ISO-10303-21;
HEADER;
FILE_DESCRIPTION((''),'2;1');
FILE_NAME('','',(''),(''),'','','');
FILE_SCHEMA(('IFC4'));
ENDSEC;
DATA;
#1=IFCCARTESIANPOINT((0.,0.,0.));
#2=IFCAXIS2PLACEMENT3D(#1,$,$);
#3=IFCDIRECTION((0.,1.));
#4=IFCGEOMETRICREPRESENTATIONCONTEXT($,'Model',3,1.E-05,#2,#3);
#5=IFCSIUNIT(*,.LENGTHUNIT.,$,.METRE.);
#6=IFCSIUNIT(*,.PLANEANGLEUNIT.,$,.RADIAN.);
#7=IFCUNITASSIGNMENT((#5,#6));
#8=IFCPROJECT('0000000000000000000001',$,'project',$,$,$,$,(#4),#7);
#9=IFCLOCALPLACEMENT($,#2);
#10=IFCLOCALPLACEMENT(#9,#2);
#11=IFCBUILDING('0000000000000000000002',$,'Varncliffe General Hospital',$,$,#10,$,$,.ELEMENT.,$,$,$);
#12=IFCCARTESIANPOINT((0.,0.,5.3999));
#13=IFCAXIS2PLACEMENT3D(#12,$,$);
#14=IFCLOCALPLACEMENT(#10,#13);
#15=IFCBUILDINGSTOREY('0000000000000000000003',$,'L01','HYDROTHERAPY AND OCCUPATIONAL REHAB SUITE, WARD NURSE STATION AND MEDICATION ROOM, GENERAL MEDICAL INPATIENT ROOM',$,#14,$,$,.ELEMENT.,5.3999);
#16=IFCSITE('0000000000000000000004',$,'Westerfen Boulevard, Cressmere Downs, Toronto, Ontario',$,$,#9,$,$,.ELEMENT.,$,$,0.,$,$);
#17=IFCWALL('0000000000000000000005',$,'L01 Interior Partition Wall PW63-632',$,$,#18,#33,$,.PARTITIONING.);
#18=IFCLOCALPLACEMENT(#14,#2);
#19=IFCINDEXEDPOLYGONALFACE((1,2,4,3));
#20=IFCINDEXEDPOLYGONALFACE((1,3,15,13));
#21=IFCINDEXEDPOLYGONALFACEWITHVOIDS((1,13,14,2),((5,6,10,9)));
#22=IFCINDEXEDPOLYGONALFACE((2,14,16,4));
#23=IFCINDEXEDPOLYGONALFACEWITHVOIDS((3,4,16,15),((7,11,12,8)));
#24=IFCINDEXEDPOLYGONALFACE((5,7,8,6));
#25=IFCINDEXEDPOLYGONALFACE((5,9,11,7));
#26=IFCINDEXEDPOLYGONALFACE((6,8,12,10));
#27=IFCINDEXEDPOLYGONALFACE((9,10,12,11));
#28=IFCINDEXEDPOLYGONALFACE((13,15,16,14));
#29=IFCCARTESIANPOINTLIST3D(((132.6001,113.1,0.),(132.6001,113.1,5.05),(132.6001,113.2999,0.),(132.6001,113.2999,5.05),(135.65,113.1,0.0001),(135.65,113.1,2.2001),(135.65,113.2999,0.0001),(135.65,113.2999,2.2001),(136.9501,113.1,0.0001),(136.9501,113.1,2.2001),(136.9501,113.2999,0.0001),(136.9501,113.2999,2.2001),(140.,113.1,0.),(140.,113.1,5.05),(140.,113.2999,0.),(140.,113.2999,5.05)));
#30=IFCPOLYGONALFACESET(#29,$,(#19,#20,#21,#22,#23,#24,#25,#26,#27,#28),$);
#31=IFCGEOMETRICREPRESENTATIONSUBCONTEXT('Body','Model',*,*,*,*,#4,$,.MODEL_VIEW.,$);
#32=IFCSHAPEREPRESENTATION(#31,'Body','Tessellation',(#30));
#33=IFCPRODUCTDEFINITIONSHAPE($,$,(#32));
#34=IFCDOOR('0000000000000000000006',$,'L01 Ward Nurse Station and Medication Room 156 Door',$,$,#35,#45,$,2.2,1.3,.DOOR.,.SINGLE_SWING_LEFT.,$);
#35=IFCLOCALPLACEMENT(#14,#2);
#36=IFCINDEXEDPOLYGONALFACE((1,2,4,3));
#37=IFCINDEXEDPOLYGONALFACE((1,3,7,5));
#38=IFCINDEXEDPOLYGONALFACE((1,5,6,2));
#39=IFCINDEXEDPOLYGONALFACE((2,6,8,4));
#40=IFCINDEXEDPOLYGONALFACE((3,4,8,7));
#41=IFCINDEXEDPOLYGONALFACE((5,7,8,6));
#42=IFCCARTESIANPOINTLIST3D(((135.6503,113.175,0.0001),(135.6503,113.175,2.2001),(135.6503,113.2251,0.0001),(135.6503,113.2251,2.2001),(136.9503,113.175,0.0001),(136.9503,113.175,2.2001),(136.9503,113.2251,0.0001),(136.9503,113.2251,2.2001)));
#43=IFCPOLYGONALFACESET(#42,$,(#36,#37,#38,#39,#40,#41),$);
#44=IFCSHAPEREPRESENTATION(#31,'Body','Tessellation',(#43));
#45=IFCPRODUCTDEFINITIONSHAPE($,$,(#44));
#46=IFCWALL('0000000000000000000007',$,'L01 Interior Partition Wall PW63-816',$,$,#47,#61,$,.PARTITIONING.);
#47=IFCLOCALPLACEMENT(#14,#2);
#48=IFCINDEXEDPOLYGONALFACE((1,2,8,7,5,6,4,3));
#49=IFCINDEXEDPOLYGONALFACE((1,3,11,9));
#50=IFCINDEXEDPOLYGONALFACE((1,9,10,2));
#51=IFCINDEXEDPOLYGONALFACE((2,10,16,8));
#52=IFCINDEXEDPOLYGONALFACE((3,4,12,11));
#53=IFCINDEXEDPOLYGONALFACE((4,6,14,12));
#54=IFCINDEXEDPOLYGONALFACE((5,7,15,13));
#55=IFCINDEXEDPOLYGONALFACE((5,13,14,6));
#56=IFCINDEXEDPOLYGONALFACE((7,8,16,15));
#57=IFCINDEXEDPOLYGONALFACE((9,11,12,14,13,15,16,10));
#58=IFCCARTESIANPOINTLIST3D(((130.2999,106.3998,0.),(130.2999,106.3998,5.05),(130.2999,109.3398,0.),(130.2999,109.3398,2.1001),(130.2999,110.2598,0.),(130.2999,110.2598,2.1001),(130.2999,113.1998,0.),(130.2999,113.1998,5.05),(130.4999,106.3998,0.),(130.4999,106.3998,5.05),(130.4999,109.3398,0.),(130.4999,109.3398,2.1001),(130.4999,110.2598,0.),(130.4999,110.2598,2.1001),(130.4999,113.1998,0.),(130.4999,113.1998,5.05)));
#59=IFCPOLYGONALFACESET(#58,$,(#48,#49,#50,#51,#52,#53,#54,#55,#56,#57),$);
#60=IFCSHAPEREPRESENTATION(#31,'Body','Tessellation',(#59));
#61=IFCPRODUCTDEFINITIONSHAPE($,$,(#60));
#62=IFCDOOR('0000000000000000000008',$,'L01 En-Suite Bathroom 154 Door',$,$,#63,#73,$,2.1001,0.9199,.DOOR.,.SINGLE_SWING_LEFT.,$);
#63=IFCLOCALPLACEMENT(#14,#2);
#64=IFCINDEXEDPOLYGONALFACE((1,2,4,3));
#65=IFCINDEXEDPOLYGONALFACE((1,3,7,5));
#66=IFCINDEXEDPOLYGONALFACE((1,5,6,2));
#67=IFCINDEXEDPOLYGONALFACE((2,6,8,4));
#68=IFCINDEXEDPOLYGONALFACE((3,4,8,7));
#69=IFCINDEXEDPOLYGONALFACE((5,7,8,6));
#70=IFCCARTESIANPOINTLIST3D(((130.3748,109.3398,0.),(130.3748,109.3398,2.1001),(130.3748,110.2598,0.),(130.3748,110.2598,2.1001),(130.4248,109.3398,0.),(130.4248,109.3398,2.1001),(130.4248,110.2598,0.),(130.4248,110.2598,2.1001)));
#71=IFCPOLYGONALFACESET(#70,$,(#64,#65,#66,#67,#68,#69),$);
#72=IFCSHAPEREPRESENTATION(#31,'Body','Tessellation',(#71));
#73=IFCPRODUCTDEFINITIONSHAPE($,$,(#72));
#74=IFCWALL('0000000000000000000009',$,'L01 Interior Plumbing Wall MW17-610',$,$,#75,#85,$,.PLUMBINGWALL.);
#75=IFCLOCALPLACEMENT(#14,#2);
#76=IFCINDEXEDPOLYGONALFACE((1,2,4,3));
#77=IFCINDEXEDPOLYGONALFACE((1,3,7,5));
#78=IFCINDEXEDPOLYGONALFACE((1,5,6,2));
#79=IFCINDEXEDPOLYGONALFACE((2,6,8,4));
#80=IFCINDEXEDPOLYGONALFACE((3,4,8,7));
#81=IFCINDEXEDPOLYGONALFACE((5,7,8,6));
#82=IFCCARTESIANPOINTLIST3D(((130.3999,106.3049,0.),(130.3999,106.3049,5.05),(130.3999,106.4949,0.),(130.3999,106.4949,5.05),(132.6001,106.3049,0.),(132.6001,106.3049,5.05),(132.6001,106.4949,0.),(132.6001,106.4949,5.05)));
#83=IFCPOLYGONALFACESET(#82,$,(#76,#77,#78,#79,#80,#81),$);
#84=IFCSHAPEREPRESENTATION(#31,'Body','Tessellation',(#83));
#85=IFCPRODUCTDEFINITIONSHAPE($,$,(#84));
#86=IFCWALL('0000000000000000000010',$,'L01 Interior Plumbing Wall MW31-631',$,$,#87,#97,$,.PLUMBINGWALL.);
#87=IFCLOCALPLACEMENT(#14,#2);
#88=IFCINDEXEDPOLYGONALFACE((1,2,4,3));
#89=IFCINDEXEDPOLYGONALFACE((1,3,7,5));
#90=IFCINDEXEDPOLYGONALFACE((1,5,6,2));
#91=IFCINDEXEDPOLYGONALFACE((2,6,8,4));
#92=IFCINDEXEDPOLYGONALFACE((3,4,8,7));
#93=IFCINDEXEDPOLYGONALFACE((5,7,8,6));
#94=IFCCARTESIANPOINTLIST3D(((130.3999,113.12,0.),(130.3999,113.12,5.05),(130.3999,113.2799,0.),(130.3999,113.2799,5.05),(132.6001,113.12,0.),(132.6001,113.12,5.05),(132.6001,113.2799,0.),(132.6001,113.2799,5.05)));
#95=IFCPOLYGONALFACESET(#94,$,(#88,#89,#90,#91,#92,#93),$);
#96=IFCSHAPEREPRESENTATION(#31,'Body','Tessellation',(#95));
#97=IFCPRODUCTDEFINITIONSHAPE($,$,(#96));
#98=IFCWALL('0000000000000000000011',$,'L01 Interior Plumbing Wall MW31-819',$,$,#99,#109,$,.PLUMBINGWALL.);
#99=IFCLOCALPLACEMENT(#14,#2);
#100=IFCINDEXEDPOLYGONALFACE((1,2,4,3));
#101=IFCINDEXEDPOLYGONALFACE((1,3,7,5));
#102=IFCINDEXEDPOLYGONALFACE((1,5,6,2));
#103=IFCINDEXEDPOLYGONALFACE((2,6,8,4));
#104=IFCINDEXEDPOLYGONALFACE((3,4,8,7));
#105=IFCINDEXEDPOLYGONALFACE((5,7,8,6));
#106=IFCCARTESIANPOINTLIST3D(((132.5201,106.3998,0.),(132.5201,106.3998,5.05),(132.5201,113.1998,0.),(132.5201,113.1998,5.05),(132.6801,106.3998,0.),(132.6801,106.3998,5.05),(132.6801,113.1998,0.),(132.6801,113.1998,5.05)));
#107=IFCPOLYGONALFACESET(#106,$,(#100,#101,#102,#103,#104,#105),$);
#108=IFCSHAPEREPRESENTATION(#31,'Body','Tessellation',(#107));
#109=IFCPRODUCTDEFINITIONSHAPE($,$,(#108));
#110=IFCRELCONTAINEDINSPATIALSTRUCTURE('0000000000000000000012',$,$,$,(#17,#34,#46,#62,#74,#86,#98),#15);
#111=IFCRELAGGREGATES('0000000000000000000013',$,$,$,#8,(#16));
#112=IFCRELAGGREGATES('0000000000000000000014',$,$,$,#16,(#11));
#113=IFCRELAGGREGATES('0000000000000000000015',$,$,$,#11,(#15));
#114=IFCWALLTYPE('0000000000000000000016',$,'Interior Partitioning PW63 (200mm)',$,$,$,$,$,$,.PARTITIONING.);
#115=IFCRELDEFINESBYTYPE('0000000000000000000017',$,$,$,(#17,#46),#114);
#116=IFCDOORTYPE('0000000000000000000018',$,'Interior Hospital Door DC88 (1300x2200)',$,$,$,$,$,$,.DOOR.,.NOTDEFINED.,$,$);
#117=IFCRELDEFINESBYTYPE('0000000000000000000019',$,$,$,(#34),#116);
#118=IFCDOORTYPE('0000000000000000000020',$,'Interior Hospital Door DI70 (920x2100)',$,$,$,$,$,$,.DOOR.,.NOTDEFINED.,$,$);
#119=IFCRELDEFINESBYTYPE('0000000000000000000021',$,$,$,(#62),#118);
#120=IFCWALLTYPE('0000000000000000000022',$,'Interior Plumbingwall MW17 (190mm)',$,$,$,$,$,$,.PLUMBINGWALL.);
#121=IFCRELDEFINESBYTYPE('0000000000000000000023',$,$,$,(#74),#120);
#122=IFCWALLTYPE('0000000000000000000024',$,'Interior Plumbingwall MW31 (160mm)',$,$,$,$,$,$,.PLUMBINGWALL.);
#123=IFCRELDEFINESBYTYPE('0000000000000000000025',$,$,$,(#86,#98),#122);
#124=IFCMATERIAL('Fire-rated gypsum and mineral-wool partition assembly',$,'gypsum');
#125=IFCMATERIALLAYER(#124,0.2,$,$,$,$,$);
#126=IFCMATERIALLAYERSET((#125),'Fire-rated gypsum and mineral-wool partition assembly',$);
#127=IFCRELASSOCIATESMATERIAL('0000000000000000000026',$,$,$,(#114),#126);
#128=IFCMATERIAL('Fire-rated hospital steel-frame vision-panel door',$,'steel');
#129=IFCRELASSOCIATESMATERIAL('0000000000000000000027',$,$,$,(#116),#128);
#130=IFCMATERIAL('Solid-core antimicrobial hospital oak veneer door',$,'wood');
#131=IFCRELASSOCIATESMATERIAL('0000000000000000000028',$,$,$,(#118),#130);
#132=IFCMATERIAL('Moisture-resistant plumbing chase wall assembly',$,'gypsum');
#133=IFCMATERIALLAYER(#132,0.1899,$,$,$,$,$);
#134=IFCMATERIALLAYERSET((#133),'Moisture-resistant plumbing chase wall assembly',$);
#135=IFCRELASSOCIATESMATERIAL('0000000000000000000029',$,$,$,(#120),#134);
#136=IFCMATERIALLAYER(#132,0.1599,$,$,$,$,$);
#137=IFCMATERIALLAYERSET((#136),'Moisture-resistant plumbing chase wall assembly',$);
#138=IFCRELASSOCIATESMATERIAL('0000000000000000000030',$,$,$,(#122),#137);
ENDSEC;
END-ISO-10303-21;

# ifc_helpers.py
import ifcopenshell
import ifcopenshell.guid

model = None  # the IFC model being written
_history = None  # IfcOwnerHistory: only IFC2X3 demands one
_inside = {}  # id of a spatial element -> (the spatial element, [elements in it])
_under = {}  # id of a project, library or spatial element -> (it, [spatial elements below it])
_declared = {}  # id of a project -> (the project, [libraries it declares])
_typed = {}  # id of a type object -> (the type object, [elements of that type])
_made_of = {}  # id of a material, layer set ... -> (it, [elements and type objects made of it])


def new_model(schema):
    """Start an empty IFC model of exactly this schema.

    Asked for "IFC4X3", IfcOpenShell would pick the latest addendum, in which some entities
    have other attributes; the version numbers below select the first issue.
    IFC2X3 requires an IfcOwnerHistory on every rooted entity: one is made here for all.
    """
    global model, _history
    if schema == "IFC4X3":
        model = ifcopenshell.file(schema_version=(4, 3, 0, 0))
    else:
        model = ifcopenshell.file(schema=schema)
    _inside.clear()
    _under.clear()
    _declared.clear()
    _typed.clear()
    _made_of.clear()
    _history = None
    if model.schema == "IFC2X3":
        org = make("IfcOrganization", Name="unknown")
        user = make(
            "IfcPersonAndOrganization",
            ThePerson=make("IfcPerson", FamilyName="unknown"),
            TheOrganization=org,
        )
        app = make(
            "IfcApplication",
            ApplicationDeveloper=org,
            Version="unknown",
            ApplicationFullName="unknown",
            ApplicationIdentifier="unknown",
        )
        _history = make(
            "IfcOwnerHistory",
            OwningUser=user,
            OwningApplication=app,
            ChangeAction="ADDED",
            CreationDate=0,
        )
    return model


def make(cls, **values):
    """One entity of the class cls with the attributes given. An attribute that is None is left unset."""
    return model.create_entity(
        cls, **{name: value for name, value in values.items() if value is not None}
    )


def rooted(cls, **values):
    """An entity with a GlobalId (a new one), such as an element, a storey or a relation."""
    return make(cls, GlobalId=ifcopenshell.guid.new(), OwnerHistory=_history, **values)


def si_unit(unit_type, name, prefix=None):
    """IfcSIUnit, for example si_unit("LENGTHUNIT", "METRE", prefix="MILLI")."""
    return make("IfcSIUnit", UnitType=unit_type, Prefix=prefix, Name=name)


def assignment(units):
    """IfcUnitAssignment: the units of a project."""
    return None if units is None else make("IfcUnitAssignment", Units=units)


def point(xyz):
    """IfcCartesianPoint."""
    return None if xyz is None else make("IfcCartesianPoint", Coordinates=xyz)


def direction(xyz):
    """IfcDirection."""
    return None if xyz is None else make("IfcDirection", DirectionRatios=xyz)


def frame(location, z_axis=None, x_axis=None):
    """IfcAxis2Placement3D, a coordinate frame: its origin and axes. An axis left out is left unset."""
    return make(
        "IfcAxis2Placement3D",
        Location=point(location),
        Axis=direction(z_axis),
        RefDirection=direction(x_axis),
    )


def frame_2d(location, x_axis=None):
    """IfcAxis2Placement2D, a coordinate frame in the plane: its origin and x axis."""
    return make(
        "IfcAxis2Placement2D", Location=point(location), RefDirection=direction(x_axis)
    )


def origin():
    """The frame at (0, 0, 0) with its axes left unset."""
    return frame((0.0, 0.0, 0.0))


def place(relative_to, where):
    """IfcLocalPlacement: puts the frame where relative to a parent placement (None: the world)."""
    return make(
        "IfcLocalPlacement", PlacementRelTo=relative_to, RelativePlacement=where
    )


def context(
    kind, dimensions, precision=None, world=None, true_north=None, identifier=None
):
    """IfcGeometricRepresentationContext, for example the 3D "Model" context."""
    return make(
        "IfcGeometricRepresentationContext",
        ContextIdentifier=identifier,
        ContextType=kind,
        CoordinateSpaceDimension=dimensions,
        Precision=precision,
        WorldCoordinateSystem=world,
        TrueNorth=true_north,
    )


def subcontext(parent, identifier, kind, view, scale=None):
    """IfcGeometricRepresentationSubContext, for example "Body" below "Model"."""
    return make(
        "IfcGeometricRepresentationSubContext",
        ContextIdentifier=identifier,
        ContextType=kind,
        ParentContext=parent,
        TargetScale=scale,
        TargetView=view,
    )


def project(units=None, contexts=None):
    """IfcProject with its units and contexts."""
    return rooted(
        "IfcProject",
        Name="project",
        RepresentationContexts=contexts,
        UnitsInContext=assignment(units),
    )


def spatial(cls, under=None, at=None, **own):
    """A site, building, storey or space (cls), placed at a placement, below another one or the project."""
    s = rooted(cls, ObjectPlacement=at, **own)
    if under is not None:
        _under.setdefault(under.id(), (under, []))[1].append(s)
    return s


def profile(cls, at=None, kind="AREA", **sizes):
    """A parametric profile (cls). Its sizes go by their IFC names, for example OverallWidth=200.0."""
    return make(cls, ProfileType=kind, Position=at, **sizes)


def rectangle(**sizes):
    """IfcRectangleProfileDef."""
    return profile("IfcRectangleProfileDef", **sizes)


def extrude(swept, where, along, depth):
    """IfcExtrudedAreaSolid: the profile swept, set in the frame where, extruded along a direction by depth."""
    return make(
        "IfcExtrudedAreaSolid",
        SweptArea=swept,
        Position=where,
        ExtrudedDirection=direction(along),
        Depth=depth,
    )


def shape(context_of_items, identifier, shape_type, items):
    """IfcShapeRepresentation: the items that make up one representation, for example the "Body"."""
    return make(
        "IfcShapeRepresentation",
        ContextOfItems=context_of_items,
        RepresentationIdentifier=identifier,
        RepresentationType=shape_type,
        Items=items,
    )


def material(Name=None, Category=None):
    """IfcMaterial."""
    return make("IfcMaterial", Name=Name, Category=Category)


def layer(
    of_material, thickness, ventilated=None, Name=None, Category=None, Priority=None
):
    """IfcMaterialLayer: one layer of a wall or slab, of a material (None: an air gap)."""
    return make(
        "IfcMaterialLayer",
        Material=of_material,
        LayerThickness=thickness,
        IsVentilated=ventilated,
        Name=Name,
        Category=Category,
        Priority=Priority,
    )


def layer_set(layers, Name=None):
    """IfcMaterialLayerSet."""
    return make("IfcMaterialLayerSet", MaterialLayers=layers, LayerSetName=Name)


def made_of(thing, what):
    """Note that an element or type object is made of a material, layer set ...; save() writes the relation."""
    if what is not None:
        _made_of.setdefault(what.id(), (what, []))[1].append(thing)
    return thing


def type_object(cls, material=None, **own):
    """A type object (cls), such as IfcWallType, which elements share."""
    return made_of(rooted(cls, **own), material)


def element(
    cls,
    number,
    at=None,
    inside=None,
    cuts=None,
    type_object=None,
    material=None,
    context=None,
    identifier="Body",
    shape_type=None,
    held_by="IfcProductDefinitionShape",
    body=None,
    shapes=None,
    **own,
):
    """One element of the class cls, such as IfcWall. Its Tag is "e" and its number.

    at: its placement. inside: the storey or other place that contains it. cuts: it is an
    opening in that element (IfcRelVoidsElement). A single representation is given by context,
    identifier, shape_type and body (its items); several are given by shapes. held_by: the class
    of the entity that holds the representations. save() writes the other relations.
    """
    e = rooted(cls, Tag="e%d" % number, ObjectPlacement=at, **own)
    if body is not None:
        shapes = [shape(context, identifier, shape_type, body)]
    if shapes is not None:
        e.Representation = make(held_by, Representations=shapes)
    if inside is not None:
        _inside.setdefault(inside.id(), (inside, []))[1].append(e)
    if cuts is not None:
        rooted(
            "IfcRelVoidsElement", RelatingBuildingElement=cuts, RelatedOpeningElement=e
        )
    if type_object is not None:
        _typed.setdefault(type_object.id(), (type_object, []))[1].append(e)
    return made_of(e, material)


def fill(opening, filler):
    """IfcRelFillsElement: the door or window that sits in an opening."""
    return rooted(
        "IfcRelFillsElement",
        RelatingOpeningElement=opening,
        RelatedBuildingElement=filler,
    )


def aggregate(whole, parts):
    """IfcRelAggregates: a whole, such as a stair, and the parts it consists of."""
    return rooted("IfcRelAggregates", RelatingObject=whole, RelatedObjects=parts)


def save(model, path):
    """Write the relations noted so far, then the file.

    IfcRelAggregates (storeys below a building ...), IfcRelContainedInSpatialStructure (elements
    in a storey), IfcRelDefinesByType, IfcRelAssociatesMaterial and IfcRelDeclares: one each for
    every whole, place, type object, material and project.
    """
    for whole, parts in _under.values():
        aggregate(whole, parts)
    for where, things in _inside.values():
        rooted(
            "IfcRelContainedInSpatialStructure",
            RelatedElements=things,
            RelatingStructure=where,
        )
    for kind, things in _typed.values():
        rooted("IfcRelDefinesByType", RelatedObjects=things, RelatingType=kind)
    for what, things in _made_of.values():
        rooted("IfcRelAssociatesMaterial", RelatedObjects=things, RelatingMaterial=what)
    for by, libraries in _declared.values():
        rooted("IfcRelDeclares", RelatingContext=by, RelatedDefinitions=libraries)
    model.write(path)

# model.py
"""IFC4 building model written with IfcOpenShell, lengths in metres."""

from ifc_helpers import new_model, si_unit, direction, frame, frame_2d, origin, place, context, subcontext, project, spatial, rectangle, extrude, material, layer, layer_set, type_object, element, fill, save


model = new_model("IFC4")

# Units and contexts
model_context = context("Model", 3, precision=1e-05, world=origin(), true_north=direction((0.0, 1.0)))
body_context = subcontext(model_context, "Body", "Model", "MODEL_VIEW")
ifc_project = project(units=[si_unit("LENGTHUNIT", "METRE"), si_unit("PLANEANGLEUNIT", "RADIAN")], contexts=[model_context])

# Site, building, storey
site_placement = place(None, origin())
site = spatial("IfcSite", under=ifc_project, at=site_placement, Name="Westerfen Boulevard, Cressmere Downs, Toronto, Ontario", CompositionType="ELEMENT", RefElevation=0.0)
building_placement = place(site_placement, origin())
building = spatial("IfcBuilding", under=site, at=building_placement, Name="Varncliffe General Hospital", CompositionType="ELEMENT")
storey_placement = place(building_placement, frame((0.0, 0.0, 5.3999)))
storey = spatial("IfcBuildingStorey", under=building, at=storey_placement, Name="L01", Description="HYDROTHERAPY AND OCCUPATIONAL REHAB SUITE, WARD NURSE STATION AND MEDICATION ROOM, GENERAL MEDICAL INPATIENT ROOM", CompositionType="ELEMENT", Elevation=5.3999)

# Walls, openings, doors
ifc_material_1 = material(Name="Fire-rated gypsum and mineral-wool partition assembly", Category="gypsum")
ifc_material_2 = material(Name="Fire-rated hospital steel-frame vision-panel door", Category="steel")
ifc_layer_1 = layer(ifc_material_1, 0.2)
ifc_layer_set_1 = layer_set([ifc_layer_1], Name="Fire-rated gypsum and mineral-wool partition assembly")
wall_type_1 = type_object("IfcWallType", Name="Interior Partitioning PW63 (200mm)", PredefinedType="PARTITIONING", material=ifc_layer_set_1)
wall_1_placement = place(storey_placement, frame((132.6001, 113.2, 0.0), z_axis=(0.0, 0.0, 1.0), x_axis=(1.0, 0.0, 0.0)))
wall_1 = element("IfcWall", 1, at=wall_1_placement, inside=storey, type_object=wall_type_1, Name="L01 Interior Partition Wall PW63-632", PredefinedType="PARTITIONING", context=body_context, shape_type="SweptSolid", body=[
    extrude(rectangle(XDim=7.3999, YDim=0.2, at=frame_2d((3.7, 0.0))), origin(), (0.0, 0.0, 1.0), 5.05),
])
opening_1_placement = place(wall_1_placement, frame((3.05, 0.0, 0.0)))
opening_1 = element("IfcOpeningElement", 2, at=opening_1_placement, cuts=wall_1, PredefinedType="OPENING", context=body_context, shape_type="SweptSolid", body=[
    extrude(rectangle(XDim=1.3, YDim=2.2, at=frame_2d((0.6499, 1.1001))), frame((0.0, 0.1099, 0.0), z_axis=(0.0, -1.0, 0.0), x_axis=(1.0, 0.0, 0.0)), (0.0, 0.0, 1.0), 0.22),
])
door_type_1 = type_object("IfcDoorType", Name="Interior Hospital Door DC88 (1300x2200)", OperationType="NOTDEFINED", PredefinedType="DOOR", material=ifc_material_2)
door_1_placement = place(opening_1_placement, frame((1.3, 0.0, 0.0), z_axis=(0.0, 0.0, 1.0), x_axis=(-1.0, 0.0, 0.0)))
door_1 = element("IfcDoor", 3, at=door_1_placement, inside=storey, type_object=door_type_1, Name="L01 Ward Nurse Station and Medication Room 156 Door", OperationType="SINGLE_SWING_LEFT", OverallHeight=2.2, OverallWidth=1.3, PredefinedType="DOOR", context=body_context, shape_type="SweptSolid", body=[
    extrude(rectangle(XDim=1.3, YDim=2.2, at=frame_2d((0.6499, 1.1001))), frame((0.0, 0.0249, 0.0), z_axis=(0.0, -1.0, 0.0), x_axis=(1.0, 0.0, 0.0)), (0.0, 0.0, 1.0), 0.05),
])
fill(opening_1, door_1)
wall_2_placement = place(storey_placement, frame((130.3999, 106.3999, 0.0), z_axis=(0.0, 0.0, 1.0), x_axis=(0.0, 1.0, 0.0)))
wall_2 = element("IfcWall", 4, at=wall_2_placement, inside=storey, type_object=wall_type_1, Name="L01 Interior Partition Wall PW63-816", PredefinedType="PARTITIONING", context=body_context, shape_type="SweptSolid", body=[
    extrude(rectangle(XDim=6.8, YDim=0.2, at=frame_2d((3.3999, 0.0))), origin(), (0.0, 0.0, 1.0), 5.05),
])
opening_2_placement = place(wall_2_placement, frame((2.9399, 0.0, 0.0)))
opening_2 = element("IfcOpeningElement", 5, at=opening_2_placement, cuts=wall_2, PredefinedType="OPENING", context=body_context, shape_type="SweptSolid", body=[
    extrude(rectangle(XDim=0.9199, YDim=2.1001, at=frame_2d((0.46, 1.05))), frame((0.0, 0.1099, 0.0), z_axis=(0.0, -1.0, 0.0), x_axis=(1.0, 0.0, 0.0)), (0.0, 0.0, 1.0), 0.22),
])
ifc_material_3 = material(Name="Solid-core antimicrobial hospital oak veneer door", Category="wood")
door_type_2 = type_object("IfcDoorType", Name="Interior Hospital Door DI70 (920x2100)", OperationType="NOTDEFINED", PredefinedType="DOOR", material=ifc_material_3)
door_2_placement = place(opening_2_placement, frame((0.9199, 0.0, 0.0), z_axis=(0.0, 0.0, 1.0), x_axis=(-1.0, 0.0, 0.0)))
door_2 = element("IfcDoor", 6, at=door_2_placement, inside=storey, type_object=door_type_2, Name="L01 En-Suite Bathroom 154 Door", OperationType="SINGLE_SWING_LEFT", OverallHeight=2.1001, OverallWidth=0.9199, PredefinedType="DOOR", context=body_context, shape_type="SweptSolid", body=[
    extrude(rectangle(XDim=0.9199, YDim=2.1001, at=frame_2d((0.46, 1.05))), frame((0.0, 0.0249, 0.0), z_axis=(0.0, -1.0, 0.0), x_axis=(1.0, 0.0, 0.0)), (0.0, 0.0, 1.0), 0.05),
])
fill(opening_2, door_2)

# Walls
ifc_material_4 = material(Name="Moisture-resistant plumbing chase wall assembly", Category="gypsum")
ifc_layer_2 = layer(ifc_material_4, 0.1899)
ifc_layer_set_2 = layer_set([ifc_layer_2], Name="Moisture-resistant plumbing chase wall assembly")
wall_type_2 = type_object("IfcWallType", Name="Interior Plumbingwall MW17 (190mm)", PredefinedType="PLUMBINGWALL", material=ifc_layer_set_2)
wall_3_placement = place(storey_placement, frame((130.3999, 106.3999, 0.0), z_axis=(0.0, 0.0, 1.0), x_axis=(1.0, 0.0, 0.0)))
element("IfcWall", 7, at=wall_3_placement, inside=storey, type_object=wall_type_2, Name="L01 Interior Plumbing Wall MW17-610", PredefinedType="PLUMBINGWALL", context=body_context, shape_type="SweptSolid", body=[
    extrude(rectangle(XDim=2.2002, YDim=0.1899, at=frame_2d((1.1001, 0.0))), origin(), (0.0, 0.0, 1.0), 5.05),
])
ifc_layer_3 = layer(ifc_material_4, 0.1599)
ifc_layer_set_3 = layer_set([ifc_layer_3], Name="Moisture-resistant plumbing chase wall assembly")
wall_type_3 = type_object("IfcWallType", Name="Interior Plumbingwall MW31 (160mm)", PredefinedType="PLUMBINGWALL", material=ifc_layer_set_3)
wall_4_placement = place(storey_placement, frame((130.3999, 113.2, 0.0), z_axis=(0.0, 0.0, 1.0), x_axis=(1.0, 0.0, 0.0)))
element("IfcWall", 8, at=wall_4_placement, inside=storey, type_object=wall_type_3, Name="L01 Interior Plumbing Wall MW31-631", PredefinedType="PLUMBINGWALL", context=body_context, shape_type="SweptSolid", body=[
    extrude(rectangle(XDim=2.2002, YDim=0.1599, at=frame_2d((1.1001, 0.0))), origin(), (0.0, 0.0, 1.0), 5.05),
])
wall_5_placement = place(storey_placement, frame((132.6001, 106.3999, 0.0), z_axis=(0.0, 0.0, 1.0), x_axis=(0.0, 1.0, 0.0)))
element("IfcWall", 9, at=wall_5_placement, inside=storey, type_object=wall_type_3, Name="L01 Interior Plumbing Wall MW31-819", PredefinedType="PLUMBINGWALL", context=body_context, shape_type="SweptSolid", body=[
    extrude(rectangle(XDim=6.8, YDim=0.1599, at=frame_2d((3.3999, 0.0))), origin(), (0.0, 0.0, 1.0), 5.05),
])

save(model, "model.ifc")
